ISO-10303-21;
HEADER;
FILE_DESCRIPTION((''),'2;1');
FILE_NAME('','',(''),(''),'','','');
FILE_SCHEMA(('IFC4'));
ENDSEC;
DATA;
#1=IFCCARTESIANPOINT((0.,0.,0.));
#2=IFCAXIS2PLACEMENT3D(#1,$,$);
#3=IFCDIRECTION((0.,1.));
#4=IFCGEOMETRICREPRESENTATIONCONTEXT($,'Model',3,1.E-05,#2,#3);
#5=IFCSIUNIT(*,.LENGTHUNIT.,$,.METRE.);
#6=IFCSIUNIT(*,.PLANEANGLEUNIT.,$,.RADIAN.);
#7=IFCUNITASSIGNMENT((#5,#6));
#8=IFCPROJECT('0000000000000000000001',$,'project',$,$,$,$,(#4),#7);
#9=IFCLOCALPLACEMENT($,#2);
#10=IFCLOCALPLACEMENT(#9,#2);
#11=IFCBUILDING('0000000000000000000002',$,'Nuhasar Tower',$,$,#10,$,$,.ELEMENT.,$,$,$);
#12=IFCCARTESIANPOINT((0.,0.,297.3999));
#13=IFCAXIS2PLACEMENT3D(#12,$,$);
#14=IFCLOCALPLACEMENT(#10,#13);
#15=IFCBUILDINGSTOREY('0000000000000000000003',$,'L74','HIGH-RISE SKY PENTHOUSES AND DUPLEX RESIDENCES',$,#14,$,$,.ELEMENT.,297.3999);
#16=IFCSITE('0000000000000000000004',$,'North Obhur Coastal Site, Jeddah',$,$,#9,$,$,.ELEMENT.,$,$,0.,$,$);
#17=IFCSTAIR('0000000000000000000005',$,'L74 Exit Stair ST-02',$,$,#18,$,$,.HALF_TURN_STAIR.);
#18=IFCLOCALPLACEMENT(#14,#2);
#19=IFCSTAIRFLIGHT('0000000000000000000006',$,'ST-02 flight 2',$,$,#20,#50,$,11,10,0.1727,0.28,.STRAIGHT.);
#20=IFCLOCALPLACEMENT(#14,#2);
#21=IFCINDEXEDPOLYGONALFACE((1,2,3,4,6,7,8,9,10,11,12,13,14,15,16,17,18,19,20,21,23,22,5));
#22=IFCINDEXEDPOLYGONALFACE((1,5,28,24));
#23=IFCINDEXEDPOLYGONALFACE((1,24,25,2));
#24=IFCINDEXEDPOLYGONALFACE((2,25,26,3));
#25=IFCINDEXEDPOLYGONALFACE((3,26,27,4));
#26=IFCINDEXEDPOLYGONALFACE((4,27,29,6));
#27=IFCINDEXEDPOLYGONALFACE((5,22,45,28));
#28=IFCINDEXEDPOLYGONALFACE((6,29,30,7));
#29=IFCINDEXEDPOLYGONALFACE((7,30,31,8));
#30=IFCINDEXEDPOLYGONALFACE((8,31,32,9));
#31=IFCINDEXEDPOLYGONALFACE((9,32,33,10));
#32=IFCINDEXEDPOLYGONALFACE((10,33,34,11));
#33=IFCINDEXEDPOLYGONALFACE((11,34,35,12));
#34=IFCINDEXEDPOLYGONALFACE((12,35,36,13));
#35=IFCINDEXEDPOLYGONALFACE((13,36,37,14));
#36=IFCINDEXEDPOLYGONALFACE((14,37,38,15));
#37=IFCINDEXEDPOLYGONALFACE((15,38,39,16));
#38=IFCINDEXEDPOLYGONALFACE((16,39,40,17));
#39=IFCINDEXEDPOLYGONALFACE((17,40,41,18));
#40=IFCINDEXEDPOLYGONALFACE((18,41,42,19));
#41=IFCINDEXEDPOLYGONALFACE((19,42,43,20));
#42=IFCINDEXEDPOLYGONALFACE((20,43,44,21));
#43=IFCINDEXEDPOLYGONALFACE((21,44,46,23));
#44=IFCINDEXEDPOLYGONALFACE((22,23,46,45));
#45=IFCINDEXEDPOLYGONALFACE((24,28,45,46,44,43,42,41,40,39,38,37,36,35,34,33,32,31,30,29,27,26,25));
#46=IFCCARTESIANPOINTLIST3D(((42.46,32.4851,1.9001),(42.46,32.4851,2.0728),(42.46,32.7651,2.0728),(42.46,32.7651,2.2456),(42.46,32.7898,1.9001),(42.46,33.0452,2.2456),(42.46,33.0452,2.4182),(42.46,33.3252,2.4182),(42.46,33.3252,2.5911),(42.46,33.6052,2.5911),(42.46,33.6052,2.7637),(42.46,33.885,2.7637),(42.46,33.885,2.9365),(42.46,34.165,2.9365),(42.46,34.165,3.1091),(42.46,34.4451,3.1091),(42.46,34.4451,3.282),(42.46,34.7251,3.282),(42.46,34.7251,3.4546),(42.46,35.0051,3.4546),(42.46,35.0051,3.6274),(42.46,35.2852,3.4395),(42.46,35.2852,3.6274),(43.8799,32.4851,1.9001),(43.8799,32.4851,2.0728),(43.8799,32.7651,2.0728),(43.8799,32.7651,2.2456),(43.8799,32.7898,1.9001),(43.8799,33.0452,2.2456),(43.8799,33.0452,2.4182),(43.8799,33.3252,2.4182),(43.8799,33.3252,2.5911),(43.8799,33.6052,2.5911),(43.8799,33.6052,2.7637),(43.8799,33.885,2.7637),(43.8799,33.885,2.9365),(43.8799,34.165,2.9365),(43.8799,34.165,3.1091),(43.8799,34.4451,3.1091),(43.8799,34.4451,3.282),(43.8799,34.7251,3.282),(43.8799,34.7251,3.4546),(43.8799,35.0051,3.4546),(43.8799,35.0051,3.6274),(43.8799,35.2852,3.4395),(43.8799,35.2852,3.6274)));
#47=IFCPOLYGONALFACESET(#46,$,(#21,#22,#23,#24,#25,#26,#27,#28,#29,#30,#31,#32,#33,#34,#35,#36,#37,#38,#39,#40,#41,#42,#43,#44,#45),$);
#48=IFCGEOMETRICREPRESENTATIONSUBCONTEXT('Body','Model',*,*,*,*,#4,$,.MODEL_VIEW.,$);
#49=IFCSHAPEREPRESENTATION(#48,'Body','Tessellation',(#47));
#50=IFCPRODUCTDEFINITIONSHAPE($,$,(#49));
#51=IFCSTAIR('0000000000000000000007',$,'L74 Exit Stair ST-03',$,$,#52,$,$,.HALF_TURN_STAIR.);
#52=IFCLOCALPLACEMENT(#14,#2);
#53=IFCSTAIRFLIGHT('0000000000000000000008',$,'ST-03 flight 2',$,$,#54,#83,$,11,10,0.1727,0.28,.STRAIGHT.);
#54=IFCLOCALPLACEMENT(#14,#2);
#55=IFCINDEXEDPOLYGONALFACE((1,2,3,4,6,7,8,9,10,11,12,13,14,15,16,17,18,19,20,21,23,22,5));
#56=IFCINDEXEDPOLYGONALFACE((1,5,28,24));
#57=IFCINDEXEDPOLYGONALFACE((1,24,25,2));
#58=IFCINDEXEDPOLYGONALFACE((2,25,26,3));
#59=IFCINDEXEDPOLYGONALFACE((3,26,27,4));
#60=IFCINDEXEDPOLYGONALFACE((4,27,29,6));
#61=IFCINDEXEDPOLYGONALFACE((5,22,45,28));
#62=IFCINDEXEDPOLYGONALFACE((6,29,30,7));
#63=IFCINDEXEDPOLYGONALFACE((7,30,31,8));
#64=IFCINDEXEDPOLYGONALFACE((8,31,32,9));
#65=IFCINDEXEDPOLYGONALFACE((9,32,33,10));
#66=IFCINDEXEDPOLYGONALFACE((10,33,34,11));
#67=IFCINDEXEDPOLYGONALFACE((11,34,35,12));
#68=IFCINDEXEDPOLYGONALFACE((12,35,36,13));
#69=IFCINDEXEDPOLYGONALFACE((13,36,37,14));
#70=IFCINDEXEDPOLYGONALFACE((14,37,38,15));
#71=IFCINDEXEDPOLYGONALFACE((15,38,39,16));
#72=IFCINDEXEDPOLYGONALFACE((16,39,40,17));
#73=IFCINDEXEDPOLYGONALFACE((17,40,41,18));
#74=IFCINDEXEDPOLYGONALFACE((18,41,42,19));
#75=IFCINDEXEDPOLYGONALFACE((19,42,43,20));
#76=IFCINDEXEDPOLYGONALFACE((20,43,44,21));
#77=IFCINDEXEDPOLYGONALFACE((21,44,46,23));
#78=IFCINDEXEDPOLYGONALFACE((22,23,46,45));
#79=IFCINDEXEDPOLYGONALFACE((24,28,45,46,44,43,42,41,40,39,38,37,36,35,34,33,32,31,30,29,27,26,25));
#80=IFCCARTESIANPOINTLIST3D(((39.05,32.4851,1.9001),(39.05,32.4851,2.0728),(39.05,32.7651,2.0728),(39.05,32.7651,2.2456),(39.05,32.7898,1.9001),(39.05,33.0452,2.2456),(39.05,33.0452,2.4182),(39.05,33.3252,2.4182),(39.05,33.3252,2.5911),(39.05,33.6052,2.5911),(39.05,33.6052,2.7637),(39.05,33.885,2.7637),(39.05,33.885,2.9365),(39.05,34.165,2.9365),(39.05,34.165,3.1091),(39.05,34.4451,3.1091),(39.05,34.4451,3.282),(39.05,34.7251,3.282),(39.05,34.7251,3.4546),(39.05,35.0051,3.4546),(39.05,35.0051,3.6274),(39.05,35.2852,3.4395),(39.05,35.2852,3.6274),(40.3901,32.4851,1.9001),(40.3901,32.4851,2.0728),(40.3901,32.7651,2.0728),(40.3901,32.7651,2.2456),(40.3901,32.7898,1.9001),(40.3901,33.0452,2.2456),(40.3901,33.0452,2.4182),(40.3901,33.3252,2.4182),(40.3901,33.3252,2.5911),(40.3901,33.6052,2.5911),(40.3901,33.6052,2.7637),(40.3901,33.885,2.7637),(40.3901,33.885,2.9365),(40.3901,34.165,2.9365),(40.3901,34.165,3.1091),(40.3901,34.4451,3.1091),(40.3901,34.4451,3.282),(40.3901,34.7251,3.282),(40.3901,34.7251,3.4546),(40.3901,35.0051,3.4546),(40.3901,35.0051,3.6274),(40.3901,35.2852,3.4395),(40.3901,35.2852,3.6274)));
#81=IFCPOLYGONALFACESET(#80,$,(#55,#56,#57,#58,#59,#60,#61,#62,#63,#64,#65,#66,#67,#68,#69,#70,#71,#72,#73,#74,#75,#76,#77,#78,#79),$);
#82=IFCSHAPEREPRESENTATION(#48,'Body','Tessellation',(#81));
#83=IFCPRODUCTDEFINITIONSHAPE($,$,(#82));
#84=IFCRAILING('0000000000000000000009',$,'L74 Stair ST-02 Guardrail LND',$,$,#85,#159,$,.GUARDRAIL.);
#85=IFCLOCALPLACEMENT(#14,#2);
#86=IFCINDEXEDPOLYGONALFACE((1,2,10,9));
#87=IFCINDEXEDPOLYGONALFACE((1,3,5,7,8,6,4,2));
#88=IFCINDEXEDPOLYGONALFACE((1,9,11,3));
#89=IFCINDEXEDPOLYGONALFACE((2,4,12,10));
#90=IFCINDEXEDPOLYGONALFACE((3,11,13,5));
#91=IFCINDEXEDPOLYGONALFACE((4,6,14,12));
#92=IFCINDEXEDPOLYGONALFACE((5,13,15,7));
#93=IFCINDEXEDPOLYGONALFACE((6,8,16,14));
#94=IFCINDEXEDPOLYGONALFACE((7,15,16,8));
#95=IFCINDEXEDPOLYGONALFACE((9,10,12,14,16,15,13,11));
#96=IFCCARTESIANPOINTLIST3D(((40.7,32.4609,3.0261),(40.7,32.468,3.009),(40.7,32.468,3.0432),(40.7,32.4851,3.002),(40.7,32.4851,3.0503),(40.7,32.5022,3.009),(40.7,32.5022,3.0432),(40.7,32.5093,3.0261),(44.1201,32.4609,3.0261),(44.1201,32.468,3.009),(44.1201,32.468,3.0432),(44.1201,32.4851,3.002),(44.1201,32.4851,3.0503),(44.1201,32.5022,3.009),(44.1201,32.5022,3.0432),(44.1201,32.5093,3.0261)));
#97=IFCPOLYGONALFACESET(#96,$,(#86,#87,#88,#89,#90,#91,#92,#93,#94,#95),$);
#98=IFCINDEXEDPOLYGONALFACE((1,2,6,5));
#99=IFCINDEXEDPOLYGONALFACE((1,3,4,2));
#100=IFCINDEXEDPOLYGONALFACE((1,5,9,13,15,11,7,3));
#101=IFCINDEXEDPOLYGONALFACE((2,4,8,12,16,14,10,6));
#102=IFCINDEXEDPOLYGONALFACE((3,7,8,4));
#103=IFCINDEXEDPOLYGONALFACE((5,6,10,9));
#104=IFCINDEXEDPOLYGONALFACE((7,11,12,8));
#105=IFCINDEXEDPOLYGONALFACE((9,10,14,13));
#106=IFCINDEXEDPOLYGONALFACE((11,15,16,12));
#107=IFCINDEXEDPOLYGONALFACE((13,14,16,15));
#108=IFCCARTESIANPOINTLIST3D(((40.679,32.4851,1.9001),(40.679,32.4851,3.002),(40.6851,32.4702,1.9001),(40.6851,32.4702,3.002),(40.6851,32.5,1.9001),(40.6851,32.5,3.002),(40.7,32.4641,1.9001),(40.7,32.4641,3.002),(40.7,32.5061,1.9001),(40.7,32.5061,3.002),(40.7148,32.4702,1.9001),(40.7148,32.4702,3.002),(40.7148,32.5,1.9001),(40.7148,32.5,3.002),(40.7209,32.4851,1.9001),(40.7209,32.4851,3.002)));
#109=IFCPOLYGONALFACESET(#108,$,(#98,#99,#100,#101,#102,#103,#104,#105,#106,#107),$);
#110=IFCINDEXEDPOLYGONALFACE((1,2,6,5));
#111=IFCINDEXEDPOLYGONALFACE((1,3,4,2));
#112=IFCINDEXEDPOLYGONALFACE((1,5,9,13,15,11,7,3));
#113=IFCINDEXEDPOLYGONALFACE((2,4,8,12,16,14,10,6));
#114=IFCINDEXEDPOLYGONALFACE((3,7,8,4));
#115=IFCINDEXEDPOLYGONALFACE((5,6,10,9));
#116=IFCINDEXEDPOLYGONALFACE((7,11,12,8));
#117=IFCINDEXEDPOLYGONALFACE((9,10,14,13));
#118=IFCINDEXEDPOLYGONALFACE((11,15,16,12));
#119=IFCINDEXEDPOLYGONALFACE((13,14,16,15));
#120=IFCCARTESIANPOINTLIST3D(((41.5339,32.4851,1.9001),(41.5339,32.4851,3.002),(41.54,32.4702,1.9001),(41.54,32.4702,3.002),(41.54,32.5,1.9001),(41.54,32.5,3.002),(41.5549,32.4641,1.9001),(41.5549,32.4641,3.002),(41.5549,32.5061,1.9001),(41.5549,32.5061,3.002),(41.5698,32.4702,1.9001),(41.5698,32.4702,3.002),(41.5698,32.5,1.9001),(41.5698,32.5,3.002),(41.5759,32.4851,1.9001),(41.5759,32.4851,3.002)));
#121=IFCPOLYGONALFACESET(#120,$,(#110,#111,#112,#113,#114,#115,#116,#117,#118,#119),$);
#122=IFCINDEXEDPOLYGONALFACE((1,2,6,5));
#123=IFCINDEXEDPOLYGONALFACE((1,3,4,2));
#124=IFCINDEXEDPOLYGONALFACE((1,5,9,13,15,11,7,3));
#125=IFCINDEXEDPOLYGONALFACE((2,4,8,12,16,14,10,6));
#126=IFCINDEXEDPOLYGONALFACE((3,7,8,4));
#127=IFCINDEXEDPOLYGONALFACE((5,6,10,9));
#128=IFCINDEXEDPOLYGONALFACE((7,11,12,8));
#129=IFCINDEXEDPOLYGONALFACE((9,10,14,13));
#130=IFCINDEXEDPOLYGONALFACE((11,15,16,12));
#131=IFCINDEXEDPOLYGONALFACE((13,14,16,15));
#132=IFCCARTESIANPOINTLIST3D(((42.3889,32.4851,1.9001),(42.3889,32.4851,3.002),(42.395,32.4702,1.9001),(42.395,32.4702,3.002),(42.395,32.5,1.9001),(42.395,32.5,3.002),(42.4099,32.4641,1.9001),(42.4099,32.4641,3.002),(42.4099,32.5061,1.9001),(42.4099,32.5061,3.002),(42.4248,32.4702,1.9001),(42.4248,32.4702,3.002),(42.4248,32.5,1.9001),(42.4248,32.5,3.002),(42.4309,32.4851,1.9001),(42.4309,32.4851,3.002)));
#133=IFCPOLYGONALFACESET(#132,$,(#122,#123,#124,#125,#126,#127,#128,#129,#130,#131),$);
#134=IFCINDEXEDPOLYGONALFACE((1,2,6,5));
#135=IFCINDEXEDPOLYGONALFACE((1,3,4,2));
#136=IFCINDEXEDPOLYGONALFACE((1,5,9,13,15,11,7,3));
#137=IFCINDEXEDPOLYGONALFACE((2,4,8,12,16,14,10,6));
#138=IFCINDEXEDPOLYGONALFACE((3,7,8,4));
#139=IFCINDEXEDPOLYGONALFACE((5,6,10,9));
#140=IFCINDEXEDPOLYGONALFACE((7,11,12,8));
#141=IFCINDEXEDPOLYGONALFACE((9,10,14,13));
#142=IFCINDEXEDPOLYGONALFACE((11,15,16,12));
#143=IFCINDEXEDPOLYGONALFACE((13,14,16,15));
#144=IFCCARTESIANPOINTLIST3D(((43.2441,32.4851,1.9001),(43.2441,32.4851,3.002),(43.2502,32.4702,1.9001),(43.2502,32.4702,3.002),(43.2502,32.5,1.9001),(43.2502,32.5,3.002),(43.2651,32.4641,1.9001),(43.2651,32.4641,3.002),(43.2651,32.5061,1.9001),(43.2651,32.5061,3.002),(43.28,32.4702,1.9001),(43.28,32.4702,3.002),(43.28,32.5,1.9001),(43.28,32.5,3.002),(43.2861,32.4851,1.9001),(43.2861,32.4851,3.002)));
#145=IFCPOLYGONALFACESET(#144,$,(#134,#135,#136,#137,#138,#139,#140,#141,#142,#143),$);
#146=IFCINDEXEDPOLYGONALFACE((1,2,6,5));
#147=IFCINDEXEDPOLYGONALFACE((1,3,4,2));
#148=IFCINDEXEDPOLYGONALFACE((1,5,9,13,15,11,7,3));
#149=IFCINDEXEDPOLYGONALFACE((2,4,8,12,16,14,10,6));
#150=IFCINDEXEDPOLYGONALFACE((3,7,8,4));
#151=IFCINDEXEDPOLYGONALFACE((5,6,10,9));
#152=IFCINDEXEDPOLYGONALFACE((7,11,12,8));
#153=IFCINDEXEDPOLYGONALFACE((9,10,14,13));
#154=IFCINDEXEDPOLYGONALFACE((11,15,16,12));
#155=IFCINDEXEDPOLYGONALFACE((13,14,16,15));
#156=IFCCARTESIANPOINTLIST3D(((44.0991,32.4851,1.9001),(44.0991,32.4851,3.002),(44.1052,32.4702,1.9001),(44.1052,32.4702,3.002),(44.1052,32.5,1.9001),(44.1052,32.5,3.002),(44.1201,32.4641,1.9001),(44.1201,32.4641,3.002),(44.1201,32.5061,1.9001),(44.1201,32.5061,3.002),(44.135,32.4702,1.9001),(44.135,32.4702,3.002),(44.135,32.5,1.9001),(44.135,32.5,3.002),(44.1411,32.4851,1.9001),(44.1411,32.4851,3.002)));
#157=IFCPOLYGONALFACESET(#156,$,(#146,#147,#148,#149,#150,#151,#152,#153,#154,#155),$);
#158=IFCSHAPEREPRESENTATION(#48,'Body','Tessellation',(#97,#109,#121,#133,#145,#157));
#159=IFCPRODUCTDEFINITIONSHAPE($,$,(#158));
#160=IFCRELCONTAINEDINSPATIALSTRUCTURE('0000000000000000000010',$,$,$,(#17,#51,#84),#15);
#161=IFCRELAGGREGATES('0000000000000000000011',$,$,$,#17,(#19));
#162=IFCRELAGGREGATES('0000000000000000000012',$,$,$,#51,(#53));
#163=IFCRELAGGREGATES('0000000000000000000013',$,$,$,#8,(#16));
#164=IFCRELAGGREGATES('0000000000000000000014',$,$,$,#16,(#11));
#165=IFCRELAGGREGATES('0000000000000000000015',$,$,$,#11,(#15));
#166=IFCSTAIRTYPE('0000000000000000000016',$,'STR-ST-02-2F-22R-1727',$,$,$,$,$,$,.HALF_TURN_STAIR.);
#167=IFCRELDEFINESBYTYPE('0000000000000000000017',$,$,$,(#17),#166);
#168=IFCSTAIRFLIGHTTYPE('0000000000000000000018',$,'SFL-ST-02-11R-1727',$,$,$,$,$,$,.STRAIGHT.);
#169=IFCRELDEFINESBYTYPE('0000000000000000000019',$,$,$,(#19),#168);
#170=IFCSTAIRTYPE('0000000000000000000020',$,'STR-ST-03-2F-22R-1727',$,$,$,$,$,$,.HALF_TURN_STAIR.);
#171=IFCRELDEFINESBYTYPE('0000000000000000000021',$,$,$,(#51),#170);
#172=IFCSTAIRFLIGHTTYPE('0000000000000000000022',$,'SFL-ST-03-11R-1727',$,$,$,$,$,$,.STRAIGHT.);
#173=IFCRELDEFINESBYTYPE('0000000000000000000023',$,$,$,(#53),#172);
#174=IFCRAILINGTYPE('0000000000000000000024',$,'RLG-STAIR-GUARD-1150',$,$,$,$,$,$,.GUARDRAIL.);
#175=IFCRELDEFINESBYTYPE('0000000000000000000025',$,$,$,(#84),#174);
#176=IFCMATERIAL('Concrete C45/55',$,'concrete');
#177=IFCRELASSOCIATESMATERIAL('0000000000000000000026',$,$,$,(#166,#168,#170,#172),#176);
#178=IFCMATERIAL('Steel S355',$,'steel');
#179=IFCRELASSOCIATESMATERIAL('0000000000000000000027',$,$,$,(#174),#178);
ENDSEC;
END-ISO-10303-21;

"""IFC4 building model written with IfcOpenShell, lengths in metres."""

from ifc_helpers import new_model, si_unit, direction, frame, origin, place, context, subcontext, project, spatial, polyline, outline, extrude, material, type_object, element, aggregate, save


model = new_model("IFC4")

# Units and contexts
model_context = context("Model", 3, precision=1e-05, world=origin(), true_north=direction((0.0, 1.0)))
body_context = subcontext(model_context, "Body", "Model", "MODEL_VIEW")
ifc_project = project(units=[si_unit("LENGTHUNIT", "METRE"), si_unit("PLANEANGLEUNIT", "RADIAN")], contexts=[model_context])

# Site, building, storey
site_placement = place(None, origin())
site = spatial("IfcSite", under=ifc_project, at=site_placement, Name="North Obhur Coastal Site, Jeddah", CompositionType="ELEMENT", RefElevation=0.0)
building_placement = place(site_placement, origin())
building = spatial("IfcBuilding", under=site, at=building_placement, Name="Nuhasar Tower", CompositionType="ELEMENT")
storey_placement = place(building_placement, frame((0.0, 0.0, 297.3999)))
storey = spatial("IfcBuildingStorey", under=building, at=storey_placement, Name="L74", Description="HIGH-RISE SKY PENTHOUSES AND DUPLEX RESIDENCES", CompositionType="ELEMENT", Elevation=297.3999)

# Shared definitions
ifc_material_1 = material(Name="Steel S355", Category="steel")

# Shared definitions
ifc_material_2 = material(Name="Concrete C45/55", Category="concrete")

# Stair, stair flight
stair_type_1 = type_object("IfcStairType", Name="STR-ST-02-2F-22R-1727", PredefinedType="HALF_TURN_STAIR", material=ifc_material_2)
stair_1_placement = place(storey_placement, origin())
stair_1 = element("IfcStair", 1, at=stair_1_placement, inside=storey, type_object=stair_type_1, Name="L74 Exit Stair ST-02", PredefinedType="HALF_TURN_STAIR")
stair_flight_type_1 = type_object("IfcStairFlightType", Name="SFL-ST-02-11R-1727", PredefinedType="STRAIGHT", material=ifc_material_2)
stair_flight_1_placement = place(storey_placement, frame((43.1699, 32.4851, 1.9001), z_axis=(0.0, 0.0, 1.0), x_axis=(0.0, 1.0, 0.0)))
stair_flight_1 = element("IfcStairFlight", 2, at=stair_flight_1_placement, type_object=stair_flight_type_1, Name="ST-02 flight 2", NumberOfRisers=11, NumberOfTreads=10, PredefinedType="STRAIGHT", RiserHeight=0.1727, TreadLength=0.28, context=body_context, shape_type="SweptSolid", body=[
    extrude(outline(polyline([(0.0, 0.0), (0.0, 0.1726), (0.28, 0.1726), (0.28, 0.3455), (0.5601, 0.3455), (0.5601, 0.5181), (0.8401, 0.5181), (0.8401, 0.6909), (1.1201, 0.6909), (1.1201, 0.8635), (1.3999, 0.8635), (1.3999, 1.0364), (1.6799, 1.0364), (1.6799, 1.209), (1.96, 1.209), (1.96, 1.3818), (2.24, 1.3818), (2.24, 1.5544), (2.52, 1.5544), (2.52, 1.7273), (2.8, 1.7273), (2.8, 1.8999), (2.8, 1.5393), (0.3047, 0.0), (0.0, 0.0)])), frame((0.0, 0.71, 0.0), z_axis=(0.0, -1.0, 0.0), x_axis=(1.0, 0.0, 0.0)), (0.0, 0.0, 1.0), 1.4199),
])
aggregate(stair_1, [stair_flight_1])

# Stair, stair flight
stair_type_2 = type_object("IfcStairType", Name="STR-ST-03-2F-22R-1727", PredefinedType="HALF_TURN_STAIR", material=ifc_material_2)
stair_2_placement = place(storey_placement, origin())
stair_2 = element("IfcStair", 3, at=stair_2_placement, inside=storey, type_object=stair_type_2, Name="L74 Exit Stair ST-03", PredefinedType="HALF_TURN_STAIR")
stair_flight_type_2 = type_object("IfcStairFlightType", Name="SFL-ST-03-11R-1727", PredefinedType="STRAIGHT", material=ifc_material_2)
stair_flight_2_placement = place(storey_placement, frame((39.72, 32.4851, 1.9001), z_axis=(0.0, 0.0, 1.0), x_axis=(0.0, 1.0, 0.0)))
stair_flight_2 = element("IfcStairFlight", 4, at=stair_flight_2_placement, type_object=stair_flight_type_2, Name="ST-03 flight 2", NumberOfRisers=11, NumberOfTreads=10, PredefinedType="STRAIGHT", RiserHeight=0.1727, TreadLength=0.28, context=body_context, shape_type="SweptSolid", body=[
    extrude(outline(polyline([(0.0, 0.0), (0.0, 0.1726), (0.28, 0.1726), (0.28, 0.3455), (0.5601, 0.3455), (0.5601, 0.5181), (0.8401, 0.5181), (0.8401, 0.6909), (1.1201, 0.6909), (1.1201, 0.8635), (1.3999, 0.8635), (1.3999, 1.0364), (1.6799, 1.0364), (1.6799, 1.209), (1.96, 1.209), (1.96, 1.3818), (2.24, 1.3818), (2.24, 1.5544), (2.52, 1.5544), (2.52, 1.7273), (2.8, 1.7273), (2.8, 1.8999), (2.8, 1.5393), (0.3047, 0.0), (0.0, 0.0)])), frame((0.0, 0.6699, 0.0), z_axis=(0.0, -1.0, 0.0), x_axis=(1.0, 0.0, 0.0)), (0.0, 0.0, 1.0), 1.3401),
])
aggregate(stair_2, [stair_flight_2])

# Railing
railing_type_1 = type_object("IfcRailingType", Name="RLG-STAIR-GUARD-1150", PredefinedType="GUARDRAIL", material=ifc_material_1)
railing_1_placement = place(storey_placement, frame((40.7, 32.4851, 1.9001)))
element("IfcRailing", 5, at=railing_1_placement, inside=storey, type_object=railing_type_1, Name="L74 Stair ST-02 Guardrail LND", PredefinedType="GUARDRAIL", context=body_context, shape_type="SweptSolid", body=[
    extrude(outline(polyline([(0.0242, 0.0), (0.0171, 0.0171), (0.0, 0.0242), (-0.0171, 0.0171), (-0.0242, 0.0), (-0.0171, -0.0171), (0.0, -0.0242), (0.0171, -0.0171), (0.0242, 0.0)])), frame((0.0, 0.0, 1.126), z_axis=(1.0, 0.0, 0.0), x_axis=(0.0, 1.0, 0.0)), (0.0, 0.0, 1.0), 3.4202),
    extrude(outline(polyline([(0.021, 0.0), (0.0149, 0.0149), (0.0, 0.021), (-0.0149, 0.0149), (-0.021, 0.0), (-0.0149, -0.0149), (0.0, -0.021), (0.0149, -0.0149), (0.021, 0.0)])), origin(), (0.0, 0.0, 1.0), 1.1018),
    extrude(outline(polyline([(0.021, 0.0), (0.0149, 0.0149), (0.0, 0.021), (-0.0149, 0.0149), (-0.021, 0.0), (-0.0149, -0.0149), (0.0, -0.021), (0.0149, -0.0149), (0.021, 0.0)])), frame((0.855, 0.0, 0.0)), (0.0, 0.0, 1.0), 1.1018),
    extrude(outline(polyline([(0.021, 0.0), (0.0149, 0.0149), (0.0, 0.021), (-0.0149, 0.0149), (-0.021, 0.0), (-0.0149, -0.0149), (0.0, -0.021), (0.0149, -0.0149), (0.021, 0.0)])), frame((1.71, 0.0, 0.0)), (0.0, 0.0, 1.0), 1.1018),
    extrude(outline(polyline([(0.021, 0.0), (0.0149, 0.0149), (0.0, 0.021), (-0.0149, 0.0149), (-0.021, 0.0), (-0.0149, -0.0149), (0.0, -0.021), (0.0149, -0.0149), (0.021, 0.0)])), frame((2.5652, 0.0, 0.0)), (0.0, 0.0, 1.0), 1.1018),
    extrude(outline(polyline([(0.021, 0.0), (0.0149, 0.0149), (0.0, 0.021), (-0.0149, 0.0149), (-0.021, 0.0), (-0.0149, -0.0149), (0.0, -0.021), (0.0149, -0.0149), (0.021, 0.0)])), frame((3.4202, 0.0, 0.0)), (0.0, 0.0, 1.0), 1.1018),
])

save(model, "model.ifc")
